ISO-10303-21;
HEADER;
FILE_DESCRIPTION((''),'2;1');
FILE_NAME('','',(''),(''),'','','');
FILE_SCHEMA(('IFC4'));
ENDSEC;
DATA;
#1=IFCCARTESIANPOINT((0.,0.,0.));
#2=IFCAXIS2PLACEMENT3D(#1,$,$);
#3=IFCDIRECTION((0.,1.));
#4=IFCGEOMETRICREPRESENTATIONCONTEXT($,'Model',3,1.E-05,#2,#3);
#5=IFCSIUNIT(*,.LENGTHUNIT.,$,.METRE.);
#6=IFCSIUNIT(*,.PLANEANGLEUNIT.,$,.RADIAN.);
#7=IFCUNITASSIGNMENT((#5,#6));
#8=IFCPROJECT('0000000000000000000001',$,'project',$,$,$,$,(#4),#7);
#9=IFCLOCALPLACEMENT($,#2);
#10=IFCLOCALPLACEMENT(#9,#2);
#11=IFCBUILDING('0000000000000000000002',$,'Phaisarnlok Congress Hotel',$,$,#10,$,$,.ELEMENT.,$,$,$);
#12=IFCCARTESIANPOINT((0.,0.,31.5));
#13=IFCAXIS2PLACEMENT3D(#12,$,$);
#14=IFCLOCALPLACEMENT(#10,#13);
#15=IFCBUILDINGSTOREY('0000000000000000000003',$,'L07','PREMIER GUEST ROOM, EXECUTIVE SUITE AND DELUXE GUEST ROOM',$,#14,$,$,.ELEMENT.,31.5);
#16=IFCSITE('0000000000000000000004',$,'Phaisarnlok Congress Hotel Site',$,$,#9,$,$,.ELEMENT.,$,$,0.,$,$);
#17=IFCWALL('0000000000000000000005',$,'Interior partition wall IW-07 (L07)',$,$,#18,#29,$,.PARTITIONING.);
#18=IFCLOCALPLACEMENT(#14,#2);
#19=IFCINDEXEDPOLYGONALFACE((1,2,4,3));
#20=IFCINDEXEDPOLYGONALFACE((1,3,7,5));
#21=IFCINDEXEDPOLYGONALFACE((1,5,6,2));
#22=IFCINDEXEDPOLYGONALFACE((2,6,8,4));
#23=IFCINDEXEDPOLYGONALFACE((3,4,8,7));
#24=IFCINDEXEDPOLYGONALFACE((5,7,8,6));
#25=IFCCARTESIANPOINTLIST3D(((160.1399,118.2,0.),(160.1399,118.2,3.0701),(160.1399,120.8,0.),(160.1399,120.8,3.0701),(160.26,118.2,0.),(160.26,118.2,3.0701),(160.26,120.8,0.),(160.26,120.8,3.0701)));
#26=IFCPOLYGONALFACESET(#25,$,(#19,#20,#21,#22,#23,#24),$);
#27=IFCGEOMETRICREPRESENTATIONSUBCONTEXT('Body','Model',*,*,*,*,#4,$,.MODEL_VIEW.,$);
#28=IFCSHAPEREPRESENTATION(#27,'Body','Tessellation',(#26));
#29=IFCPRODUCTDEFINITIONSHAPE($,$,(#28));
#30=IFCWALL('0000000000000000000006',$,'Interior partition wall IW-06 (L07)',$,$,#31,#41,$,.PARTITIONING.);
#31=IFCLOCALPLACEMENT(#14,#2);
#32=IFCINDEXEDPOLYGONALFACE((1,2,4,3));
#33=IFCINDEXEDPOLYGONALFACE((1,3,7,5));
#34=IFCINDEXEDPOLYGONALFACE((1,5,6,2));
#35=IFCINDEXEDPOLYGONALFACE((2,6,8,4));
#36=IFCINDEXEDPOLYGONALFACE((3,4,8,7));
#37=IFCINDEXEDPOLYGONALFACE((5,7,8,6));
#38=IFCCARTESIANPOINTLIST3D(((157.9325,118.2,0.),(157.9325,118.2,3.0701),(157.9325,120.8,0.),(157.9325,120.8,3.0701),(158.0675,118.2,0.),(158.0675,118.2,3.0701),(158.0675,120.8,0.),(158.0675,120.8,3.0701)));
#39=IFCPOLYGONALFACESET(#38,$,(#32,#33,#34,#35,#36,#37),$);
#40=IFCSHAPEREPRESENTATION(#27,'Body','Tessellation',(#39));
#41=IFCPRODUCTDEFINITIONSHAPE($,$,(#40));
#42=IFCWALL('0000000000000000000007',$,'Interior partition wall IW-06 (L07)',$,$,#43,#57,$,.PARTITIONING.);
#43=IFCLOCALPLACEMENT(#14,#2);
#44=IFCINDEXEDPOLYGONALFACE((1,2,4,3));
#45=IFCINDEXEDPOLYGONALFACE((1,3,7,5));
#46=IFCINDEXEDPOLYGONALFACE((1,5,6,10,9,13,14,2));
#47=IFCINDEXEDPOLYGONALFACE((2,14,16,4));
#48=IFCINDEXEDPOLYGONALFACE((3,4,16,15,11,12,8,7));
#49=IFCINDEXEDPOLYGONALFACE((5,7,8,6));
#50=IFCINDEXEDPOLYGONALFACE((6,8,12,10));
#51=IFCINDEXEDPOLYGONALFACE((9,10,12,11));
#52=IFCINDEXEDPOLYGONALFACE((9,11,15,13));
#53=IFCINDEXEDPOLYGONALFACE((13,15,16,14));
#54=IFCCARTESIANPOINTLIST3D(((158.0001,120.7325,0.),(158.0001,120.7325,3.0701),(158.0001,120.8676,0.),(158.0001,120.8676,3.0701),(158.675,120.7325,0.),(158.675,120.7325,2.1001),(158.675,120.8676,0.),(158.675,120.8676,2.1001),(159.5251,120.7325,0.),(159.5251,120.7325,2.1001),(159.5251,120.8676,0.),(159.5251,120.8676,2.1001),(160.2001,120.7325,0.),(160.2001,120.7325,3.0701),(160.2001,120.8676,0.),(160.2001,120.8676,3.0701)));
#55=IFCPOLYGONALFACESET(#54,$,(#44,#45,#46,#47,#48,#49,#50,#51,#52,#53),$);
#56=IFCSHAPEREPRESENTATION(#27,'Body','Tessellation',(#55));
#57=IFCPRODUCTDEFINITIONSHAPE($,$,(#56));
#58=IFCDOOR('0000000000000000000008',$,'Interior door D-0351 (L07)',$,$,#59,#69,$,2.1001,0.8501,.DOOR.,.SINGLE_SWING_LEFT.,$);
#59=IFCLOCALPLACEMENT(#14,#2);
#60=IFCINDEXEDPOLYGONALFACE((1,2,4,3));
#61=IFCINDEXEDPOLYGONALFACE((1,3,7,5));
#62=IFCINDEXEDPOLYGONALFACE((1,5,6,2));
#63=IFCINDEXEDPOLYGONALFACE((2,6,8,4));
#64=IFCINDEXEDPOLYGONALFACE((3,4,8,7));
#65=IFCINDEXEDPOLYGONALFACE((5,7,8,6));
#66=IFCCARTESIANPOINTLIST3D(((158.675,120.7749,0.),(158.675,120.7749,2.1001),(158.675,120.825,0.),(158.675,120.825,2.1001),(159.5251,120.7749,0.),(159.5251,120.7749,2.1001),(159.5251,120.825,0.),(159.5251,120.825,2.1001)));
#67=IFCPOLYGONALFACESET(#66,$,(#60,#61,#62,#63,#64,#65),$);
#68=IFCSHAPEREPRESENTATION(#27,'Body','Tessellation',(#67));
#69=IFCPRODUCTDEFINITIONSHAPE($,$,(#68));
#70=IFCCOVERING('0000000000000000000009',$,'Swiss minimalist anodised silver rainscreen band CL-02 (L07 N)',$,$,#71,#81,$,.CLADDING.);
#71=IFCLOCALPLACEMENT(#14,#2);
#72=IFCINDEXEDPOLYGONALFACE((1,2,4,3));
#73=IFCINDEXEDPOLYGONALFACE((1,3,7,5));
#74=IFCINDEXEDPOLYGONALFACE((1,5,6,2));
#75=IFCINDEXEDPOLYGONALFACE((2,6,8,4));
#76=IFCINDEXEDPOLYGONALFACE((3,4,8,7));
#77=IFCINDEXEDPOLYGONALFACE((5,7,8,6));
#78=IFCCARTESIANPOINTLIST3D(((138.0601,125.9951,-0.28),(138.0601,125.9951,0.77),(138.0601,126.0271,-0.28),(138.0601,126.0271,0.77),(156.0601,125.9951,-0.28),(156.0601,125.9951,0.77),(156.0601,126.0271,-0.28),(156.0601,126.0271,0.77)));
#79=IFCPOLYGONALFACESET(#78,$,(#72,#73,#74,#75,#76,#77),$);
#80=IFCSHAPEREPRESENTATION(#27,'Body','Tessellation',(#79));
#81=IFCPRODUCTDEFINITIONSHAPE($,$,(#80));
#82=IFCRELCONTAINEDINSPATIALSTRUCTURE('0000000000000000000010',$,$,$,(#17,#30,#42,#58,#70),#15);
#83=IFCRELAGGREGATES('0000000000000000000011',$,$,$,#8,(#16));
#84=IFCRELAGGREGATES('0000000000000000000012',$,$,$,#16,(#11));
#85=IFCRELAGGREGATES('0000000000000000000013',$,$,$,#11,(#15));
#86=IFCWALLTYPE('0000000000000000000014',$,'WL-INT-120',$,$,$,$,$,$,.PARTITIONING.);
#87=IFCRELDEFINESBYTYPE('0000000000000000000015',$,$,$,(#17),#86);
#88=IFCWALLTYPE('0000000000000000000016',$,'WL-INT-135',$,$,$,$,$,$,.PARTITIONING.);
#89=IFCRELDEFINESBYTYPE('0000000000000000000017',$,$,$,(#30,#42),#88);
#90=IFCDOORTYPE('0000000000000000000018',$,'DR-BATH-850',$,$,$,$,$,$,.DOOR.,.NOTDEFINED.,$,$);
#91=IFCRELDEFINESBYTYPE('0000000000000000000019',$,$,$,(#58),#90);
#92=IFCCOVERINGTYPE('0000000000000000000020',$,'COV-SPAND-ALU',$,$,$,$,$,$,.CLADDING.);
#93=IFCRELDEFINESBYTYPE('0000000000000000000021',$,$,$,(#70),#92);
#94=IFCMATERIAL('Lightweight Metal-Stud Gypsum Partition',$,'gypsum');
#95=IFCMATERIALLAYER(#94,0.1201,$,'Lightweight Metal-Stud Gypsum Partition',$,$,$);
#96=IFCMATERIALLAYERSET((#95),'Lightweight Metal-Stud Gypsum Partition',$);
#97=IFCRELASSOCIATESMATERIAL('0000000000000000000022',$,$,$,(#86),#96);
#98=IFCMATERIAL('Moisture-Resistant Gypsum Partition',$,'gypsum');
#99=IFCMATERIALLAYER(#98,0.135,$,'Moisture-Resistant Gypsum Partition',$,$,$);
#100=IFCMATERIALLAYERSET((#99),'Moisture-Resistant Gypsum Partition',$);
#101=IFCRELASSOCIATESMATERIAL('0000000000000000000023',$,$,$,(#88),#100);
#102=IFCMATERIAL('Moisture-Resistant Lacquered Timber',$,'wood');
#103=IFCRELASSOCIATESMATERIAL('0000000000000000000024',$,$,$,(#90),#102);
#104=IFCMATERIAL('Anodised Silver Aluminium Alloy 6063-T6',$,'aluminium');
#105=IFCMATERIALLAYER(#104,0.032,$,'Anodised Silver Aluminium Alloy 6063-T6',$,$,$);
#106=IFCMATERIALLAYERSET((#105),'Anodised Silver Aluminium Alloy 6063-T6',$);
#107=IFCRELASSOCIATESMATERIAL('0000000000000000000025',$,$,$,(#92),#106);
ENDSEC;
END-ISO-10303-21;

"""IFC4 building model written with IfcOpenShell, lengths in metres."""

from ifc_helpers import new_model, si_unit, direction, frame, frame_2d, origin, place, context, subcontext, project, spatial, polyline, rectangle, outline, extrude, material, layer, layer_set, type_object, element, fill, save


model = new_model("IFC4")

# Units and contexts
model_context = context("Model", 3, precision=1e-05, world=origin(), true_north=direction((0.0, 1.0)))
body_context = subcontext(model_context, "Body", "Model", "MODEL_VIEW")
ifc_project = project(units=[si_unit("LENGTHUNIT", "METRE"), si_unit("PLANEANGLEUNIT", "RADIAN")], contexts=[model_context])

# Site, building, storey
site_placement = place(None, origin())
site = spatial("IfcSite", under=ifc_project, at=site_placement, Name="Phaisarnlok Congress Hotel Site", CompositionType="ELEMENT", RefElevation=0.0)
building_placement = place(site_placement, origin())
building = spatial("IfcBuilding", under=site, at=building_placement, Name="Phaisarnlok Congress Hotel", CompositionType="ELEMENT")
storey_placement = place(building_placement, frame((0.0, 0.0, 31.5)))
storey = spatial("IfcBuildingStorey", under=building, at=storey_placement, Name="L07", Description="PREMIER GUEST ROOM, EXECUTIVE SUITE AND DELUXE GUEST ROOM", CompositionType="ELEMENT", Elevation=31.5)

# Walls
ifc_material_1 = material(Name="Lightweight Metal-Stud Gypsum Partition", Category="gypsum")
ifc_layer_1 = layer(ifc_material_1, 0.1201, Name="Lightweight Metal-Stud Gypsum Partition")
ifc_layer_set_1 = layer_set([ifc_layer_1], Name="Lightweight Metal-Stud Gypsum Partition")
wall_type_1 = type_object("IfcWallType", Name="WL-INT-120", PredefinedType="PARTITIONING", material=ifc_layer_set_1)
wall_1_placement = place(storey_placement, frame((160.2, 118.2, 0.0), z_axis=(0.0, 0.0, 1.0), x_axis=(0.0, 1.0, 0.0)))
element("IfcWall", 1, at=wall_1_placement, inside=storey, type_object=wall_type_1, Name="Interior partition wall IW-07 (L07)", PredefinedType="PARTITIONING", context=body_context, shape_type="SweptSolid", body=[
    extrude(rectangle(XDim=2.6001, YDim=0.1201, at=frame_2d((1.3, 0.0))), origin(), (0.0, 0.0, 1.0), 3.0701),
])
ifc_material_2 = material(Name="Moisture-Resistant Gypsum Partition", Category="gypsum")
ifc_layer_2 = layer(ifc_material_2, 0.135, Name="Moisture-Resistant Gypsum Partition")
ifc_layer_set_2 = layer_set([ifc_layer_2], Name="Moisture-Resistant Gypsum Partition")
wall_type_2 = type_object("IfcWallType", Name="WL-INT-135", PredefinedType="PARTITIONING", material=ifc_layer_set_2)
wall_2_placement = place(storey_placement, frame((158.0, 118.2, 0.0), z_axis=(0.0, 0.0, 1.0), x_axis=(0.0, 1.0, 0.0)))
element("IfcWall", 2, at=wall_2_placement, inside=storey, type_object=wall_type_2, Name="Interior partition wall IW-06 (L07)", PredefinedType="PARTITIONING", context=body_context, shape_type="SweptSolid", body=[
    extrude(rectangle(XDim=2.6001, YDim=0.135, at=frame_2d((1.3, 0.0))), origin(), (0.0, 0.0, 1.0), 3.0701),
])

# Wall, opening, door
wall_3_placement = place(storey_placement, frame((158.0, 120.8, 0.0), z_axis=(0.0, 0.0, 1.0), x_axis=(1.0, 0.0, 0.0)))
wall_3 = element("IfcWall", 3, at=wall_3_placement, inside=storey, type_object=wall_type_2, Name="Interior partition wall IW-06 (L07)", PredefinedType="PARTITIONING", context=body_context, shape_type="SweptSolid", body=[
    extrude(rectangle(XDim=2.2, YDim=0.135, at=frame_2d((1.1001, 0.0))), origin(), (0.0, 0.0, 1.0), 3.0701),
])
opening_1_placement = place(wall_3_placement, frame((0.675, 0.0, 0.0)))
opening_1 = element("IfcOpeningElement", 4, at=opening_1_placement, cuts=wall_3, PredefinedType="OPENING", context=body_context, shape_type="SweptSolid", body=[
    extrude(rectangle(XDim=0.8501, YDim=2.1001, at=frame_2d((0.425, 1.05))), frame((0.0, 0.0776, 0.0), z_axis=(0.0, -1.0, 0.0), x_axis=(1.0, 0.0, 0.0)), (0.0, 0.0, 1.0), 0.155),
])
ifc_material_3 = material(Name="Moisture-Resistant Lacquered Timber", Category="wood")
door_type = type_object("IfcDoorType", Name="DR-BATH-850", OperationType="NOTDEFINED", PredefinedType="DOOR", material=ifc_material_3)
door_placement = place(opening_1_placement, origin())
door = element("IfcDoor", 5, at=door_placement, inside=storey, type_object=door_type, Name="Interior door D-0351 (L07)", OperationType="SINGLE_SWING_LEFT", OverallHeight=2.1001, OverallWidth=0.8501, PredefinedType="DOOR", context=body_context, shape_type="SweptSolid", body=[
    extrude(rectangle(XDim=0.8501, YDim=2.1001, at=frame_2d((0.425, 1.05))), frame((0.0, 0.0249, 0.0), z_axis=(0.0, -1.0, 0.0), x_axis=(1.0, 0.0, 0.0)), (0.0, 0.0, 1.0), 0.05),
])
fill(opening_1, door)

# Covering
ifc_material_4 = material(Name="Anodised Silver Aluminium Alloy 6063-T6", Category="aluminium")
ifc_layer_3 = layer(ifc_material_4, 0.032, Name="Anodised Silver Aluminium Alloy 6063-T6")
ifc_layer_set_3 = layer_set([ifc_layer_3], Name="Anodised Silver Aluminium Alloy 6063-T6")
covering_type = type_object("IfcCoveringType", Name="COV-SPAND-ALU", PredefinedType="CLADDING", material=ifc_layer_set_3)
covering_placement = place(storey_placement, frame((156.0601, 125.9951, -0.28), z_axis=(0.0, 1.0, 0.0), x_axis=(-1.0, 0.0, 0.0)))
element("IfcCovering", 6, at=covering_placement, inside=storey, type_object=covering_type, Name="Swiss minimalist anodised silver rainscreen band CL-02 (L07 N)", PredefinedType="CLADDING", context=body_context, shape_type="SweptSolid", body=[
    extrude(outline(polyline([(0.0, 0.0), (18.0, 0.0), (18.0, 1.05), (0.0, 1.05), (0.0, 0.0)])), origin(), (0.0, 0.0, 1.0), 0.032),
])

save(model, "model.ifc")
